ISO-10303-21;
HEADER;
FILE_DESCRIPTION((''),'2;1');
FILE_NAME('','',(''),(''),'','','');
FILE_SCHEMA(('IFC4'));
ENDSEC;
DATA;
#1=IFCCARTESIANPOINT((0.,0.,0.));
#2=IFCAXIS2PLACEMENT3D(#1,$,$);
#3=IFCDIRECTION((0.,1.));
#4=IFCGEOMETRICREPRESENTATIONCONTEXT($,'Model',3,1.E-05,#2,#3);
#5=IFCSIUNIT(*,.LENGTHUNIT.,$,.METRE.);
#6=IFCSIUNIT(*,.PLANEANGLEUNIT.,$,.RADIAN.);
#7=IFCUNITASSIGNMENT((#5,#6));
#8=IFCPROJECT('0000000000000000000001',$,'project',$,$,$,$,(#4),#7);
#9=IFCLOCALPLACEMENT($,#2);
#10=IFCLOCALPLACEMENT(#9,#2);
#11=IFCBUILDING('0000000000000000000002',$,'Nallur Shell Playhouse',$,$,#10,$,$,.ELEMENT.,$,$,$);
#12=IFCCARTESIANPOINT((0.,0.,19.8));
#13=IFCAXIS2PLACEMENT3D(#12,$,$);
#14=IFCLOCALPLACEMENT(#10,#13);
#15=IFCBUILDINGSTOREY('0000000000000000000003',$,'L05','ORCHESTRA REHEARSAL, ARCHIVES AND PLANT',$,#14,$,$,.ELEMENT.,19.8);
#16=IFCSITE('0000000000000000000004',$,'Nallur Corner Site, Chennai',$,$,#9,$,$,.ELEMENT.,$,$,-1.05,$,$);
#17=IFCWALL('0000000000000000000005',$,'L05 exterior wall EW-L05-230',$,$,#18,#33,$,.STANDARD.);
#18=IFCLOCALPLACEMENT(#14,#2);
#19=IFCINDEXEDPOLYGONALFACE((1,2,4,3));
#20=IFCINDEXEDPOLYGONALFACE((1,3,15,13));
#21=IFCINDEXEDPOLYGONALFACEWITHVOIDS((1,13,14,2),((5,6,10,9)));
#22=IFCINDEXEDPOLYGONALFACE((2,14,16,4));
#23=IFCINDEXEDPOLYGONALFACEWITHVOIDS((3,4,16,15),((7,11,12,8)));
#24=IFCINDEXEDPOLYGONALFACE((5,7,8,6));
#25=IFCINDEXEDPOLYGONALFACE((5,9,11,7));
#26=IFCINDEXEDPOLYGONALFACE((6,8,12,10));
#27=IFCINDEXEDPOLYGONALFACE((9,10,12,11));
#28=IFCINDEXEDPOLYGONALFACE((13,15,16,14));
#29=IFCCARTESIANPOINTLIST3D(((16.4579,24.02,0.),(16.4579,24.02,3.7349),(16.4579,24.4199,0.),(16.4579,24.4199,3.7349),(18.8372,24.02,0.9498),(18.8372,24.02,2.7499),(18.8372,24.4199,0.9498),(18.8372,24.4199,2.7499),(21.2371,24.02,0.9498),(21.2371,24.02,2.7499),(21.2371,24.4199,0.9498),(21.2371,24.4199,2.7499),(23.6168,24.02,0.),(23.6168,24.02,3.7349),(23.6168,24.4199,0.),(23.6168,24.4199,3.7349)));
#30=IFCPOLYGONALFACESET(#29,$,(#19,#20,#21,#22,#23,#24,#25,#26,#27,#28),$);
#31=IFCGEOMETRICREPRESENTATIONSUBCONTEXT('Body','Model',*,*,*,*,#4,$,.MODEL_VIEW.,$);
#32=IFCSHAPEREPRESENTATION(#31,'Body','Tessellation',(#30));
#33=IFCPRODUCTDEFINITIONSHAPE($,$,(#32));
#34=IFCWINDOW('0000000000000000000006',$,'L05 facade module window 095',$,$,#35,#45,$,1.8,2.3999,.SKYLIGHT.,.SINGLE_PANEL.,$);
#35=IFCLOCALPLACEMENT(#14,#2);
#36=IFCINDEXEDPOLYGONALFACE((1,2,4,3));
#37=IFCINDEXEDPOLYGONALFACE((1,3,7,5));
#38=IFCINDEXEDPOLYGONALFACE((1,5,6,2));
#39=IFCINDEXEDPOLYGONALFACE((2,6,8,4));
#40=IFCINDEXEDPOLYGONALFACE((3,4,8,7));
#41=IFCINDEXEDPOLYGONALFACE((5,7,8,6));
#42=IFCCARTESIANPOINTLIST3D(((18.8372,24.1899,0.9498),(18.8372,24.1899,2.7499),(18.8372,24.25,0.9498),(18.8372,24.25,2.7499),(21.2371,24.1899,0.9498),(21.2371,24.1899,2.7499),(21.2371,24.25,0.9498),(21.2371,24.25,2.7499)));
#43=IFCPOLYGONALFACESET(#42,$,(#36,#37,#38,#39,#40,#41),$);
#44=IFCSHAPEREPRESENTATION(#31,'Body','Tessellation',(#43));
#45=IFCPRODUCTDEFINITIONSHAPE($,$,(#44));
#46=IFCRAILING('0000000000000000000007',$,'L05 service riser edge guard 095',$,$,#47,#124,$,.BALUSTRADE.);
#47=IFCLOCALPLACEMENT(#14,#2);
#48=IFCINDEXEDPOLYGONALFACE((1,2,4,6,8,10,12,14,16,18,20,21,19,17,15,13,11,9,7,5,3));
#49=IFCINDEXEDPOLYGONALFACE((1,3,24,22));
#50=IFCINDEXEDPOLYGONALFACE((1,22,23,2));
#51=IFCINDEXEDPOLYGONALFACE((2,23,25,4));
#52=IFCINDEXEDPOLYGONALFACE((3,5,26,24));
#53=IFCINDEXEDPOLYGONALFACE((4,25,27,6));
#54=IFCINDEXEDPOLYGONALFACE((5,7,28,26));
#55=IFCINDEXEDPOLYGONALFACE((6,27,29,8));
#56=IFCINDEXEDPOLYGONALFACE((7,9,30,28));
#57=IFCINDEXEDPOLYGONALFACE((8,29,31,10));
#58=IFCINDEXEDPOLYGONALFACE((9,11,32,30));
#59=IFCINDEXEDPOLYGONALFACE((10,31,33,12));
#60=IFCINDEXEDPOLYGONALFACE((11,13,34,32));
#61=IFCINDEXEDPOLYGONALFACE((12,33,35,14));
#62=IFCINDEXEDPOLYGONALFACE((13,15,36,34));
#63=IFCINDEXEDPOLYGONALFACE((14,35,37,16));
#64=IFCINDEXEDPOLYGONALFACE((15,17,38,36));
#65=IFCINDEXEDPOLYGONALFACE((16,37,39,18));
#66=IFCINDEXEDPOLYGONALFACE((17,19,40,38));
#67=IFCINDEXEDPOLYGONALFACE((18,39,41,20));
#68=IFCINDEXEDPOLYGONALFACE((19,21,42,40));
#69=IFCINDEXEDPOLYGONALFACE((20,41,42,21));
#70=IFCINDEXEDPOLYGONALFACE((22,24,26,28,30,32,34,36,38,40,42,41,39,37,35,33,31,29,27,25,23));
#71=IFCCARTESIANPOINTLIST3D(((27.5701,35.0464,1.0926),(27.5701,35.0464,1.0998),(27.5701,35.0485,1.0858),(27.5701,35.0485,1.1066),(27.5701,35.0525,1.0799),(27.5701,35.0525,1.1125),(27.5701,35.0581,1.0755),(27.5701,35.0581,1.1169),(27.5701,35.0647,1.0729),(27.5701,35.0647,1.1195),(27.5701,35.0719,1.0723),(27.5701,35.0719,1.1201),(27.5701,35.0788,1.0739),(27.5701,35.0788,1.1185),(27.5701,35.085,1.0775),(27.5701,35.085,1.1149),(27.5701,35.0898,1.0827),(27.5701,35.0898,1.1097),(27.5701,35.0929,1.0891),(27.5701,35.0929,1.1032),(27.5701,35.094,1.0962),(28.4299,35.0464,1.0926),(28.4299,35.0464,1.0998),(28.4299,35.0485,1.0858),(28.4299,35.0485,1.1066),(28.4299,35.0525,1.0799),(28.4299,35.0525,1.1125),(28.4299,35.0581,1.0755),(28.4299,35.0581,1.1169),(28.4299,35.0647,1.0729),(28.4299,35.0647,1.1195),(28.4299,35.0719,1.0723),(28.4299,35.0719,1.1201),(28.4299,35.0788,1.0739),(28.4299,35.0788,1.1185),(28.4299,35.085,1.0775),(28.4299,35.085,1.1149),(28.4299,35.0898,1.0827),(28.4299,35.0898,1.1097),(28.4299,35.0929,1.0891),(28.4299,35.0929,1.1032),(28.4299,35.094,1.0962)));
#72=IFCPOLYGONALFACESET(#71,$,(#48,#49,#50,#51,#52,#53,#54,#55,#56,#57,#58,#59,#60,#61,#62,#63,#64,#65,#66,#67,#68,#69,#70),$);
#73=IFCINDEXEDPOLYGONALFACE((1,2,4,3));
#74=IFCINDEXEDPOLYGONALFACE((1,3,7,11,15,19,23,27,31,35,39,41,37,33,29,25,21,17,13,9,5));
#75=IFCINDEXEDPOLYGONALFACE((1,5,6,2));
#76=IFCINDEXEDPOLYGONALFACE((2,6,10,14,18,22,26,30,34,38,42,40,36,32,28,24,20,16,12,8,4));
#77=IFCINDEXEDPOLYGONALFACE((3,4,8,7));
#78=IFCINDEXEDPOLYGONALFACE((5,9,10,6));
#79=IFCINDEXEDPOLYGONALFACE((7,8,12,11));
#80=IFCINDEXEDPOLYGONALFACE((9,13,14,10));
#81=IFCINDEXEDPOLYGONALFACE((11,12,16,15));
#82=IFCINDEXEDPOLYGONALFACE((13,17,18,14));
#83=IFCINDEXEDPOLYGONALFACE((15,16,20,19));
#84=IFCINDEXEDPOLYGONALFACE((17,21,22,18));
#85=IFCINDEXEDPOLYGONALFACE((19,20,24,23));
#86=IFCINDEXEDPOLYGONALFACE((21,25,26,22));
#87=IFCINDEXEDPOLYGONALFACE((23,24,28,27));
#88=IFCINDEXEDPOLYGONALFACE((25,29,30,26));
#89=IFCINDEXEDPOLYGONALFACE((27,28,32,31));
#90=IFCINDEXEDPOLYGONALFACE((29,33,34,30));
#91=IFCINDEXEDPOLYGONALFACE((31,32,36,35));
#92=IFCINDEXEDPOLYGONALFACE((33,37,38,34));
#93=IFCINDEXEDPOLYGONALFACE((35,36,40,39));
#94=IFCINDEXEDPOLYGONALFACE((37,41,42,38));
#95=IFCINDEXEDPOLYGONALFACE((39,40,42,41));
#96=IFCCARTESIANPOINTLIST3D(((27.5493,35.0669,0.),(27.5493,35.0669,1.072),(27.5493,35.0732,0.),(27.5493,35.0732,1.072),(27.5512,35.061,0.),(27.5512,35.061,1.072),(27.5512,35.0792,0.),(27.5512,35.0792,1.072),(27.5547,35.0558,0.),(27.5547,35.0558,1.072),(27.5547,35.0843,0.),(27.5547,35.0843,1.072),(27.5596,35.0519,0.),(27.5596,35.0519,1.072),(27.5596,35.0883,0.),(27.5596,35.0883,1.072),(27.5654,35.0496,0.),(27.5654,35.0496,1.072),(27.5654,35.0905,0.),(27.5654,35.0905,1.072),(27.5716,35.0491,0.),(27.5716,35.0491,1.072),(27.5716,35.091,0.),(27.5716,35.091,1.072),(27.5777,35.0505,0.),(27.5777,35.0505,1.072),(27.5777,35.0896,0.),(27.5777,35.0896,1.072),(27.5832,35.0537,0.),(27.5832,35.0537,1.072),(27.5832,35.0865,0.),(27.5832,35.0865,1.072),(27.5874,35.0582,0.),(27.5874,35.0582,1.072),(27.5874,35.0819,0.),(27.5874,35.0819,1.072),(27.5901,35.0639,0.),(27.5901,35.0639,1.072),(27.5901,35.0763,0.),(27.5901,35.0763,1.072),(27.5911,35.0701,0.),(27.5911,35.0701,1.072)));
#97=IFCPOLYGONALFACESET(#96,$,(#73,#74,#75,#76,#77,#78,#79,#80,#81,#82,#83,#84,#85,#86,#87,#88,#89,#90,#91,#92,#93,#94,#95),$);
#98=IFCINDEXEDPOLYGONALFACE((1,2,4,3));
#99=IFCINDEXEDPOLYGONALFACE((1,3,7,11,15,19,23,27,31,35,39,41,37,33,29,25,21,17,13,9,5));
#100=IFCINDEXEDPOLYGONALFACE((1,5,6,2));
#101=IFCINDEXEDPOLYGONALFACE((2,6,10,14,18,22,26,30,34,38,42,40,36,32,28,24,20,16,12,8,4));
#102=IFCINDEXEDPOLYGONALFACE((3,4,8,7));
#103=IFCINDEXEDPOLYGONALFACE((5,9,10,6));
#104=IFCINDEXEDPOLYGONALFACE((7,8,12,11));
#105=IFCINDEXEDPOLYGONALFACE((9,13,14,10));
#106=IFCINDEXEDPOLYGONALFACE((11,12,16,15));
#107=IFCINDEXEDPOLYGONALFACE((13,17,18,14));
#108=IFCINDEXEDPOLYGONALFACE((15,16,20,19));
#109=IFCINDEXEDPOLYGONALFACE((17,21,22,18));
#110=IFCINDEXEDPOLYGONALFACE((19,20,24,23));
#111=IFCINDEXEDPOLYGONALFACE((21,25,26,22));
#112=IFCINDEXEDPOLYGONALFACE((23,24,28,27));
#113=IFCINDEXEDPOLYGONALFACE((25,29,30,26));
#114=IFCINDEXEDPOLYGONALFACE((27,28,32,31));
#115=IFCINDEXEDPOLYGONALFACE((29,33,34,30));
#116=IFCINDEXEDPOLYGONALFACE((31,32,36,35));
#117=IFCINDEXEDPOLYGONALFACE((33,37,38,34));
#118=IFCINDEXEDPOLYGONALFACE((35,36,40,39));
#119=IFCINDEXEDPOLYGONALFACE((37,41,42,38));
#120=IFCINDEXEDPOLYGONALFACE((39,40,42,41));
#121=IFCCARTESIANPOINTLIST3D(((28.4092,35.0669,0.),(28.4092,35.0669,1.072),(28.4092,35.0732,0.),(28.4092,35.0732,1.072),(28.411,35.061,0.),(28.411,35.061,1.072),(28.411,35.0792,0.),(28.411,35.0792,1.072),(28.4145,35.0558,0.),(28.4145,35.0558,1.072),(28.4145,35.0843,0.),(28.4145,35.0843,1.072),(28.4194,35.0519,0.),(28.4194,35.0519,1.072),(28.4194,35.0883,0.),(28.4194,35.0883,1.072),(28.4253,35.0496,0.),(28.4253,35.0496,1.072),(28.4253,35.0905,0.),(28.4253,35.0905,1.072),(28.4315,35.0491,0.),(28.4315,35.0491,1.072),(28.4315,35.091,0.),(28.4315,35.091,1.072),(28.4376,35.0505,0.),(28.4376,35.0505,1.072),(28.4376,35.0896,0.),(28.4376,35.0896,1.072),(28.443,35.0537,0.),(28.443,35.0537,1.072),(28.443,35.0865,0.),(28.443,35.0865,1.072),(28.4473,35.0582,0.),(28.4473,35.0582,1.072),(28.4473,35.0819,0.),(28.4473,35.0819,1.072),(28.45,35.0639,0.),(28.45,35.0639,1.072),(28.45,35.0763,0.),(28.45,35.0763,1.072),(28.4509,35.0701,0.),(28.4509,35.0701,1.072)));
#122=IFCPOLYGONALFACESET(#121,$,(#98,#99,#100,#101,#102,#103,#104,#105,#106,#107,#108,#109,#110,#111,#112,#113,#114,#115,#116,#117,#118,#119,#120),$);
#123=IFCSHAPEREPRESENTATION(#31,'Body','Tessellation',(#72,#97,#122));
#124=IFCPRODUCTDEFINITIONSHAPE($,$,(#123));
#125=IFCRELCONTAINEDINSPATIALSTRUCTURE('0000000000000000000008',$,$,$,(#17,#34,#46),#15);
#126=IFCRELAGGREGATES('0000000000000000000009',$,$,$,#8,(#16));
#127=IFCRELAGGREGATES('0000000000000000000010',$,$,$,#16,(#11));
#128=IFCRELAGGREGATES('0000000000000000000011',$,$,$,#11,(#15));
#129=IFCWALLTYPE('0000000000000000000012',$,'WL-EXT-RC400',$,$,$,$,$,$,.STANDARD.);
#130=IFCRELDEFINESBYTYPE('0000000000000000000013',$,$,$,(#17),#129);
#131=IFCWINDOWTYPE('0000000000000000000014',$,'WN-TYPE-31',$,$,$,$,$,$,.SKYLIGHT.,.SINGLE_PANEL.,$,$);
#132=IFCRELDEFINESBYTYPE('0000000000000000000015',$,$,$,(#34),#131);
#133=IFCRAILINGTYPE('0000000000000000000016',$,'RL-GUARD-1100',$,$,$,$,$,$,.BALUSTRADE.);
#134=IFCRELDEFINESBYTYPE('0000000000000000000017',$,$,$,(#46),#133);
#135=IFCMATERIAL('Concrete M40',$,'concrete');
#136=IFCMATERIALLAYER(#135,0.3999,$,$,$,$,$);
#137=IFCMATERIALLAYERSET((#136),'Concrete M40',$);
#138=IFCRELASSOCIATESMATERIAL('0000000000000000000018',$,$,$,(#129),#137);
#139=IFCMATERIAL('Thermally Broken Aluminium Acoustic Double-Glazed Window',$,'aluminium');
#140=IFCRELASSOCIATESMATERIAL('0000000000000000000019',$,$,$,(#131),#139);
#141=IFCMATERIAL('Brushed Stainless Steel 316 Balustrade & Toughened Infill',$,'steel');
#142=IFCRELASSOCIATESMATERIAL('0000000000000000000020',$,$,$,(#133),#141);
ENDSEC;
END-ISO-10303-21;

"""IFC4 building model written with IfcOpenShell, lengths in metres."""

from ifc_helpers import new_model, si_unit, direction, frame, frame_2d, origin, origin_2d, place, context, subcontext, project, spatial, rectangle, circle, extrude, material, layer, layer_set, type_object, element, fill, save


model = new_model("IFC4")

# Units and contexts
model_context = context("Model", 3, precision=1e-05, world=origin(), true_north=direction((0.0, 1.0)))
body_context = subcontext(model_context, "Body", "Model", "MODEL_VIEW")
ifc_project = project(units=[si_unit("LENGTHUNIT", "METRE"), si_unit("PLANEANGLEUNIT", "RADIAN")], contexts=[model_context])

# Site, building, storey
site_placement = place(None, origin())
site = spatial("IfcSite", under=ifc_project, at=site_placement, Name="Nallur Corner Site, Chennai", CompositionType="ELEMENT", RefElevation=-1.05)
building_placement = place(site_placement, origin())
building = spatial("IfcBuilding", under=site, at=building_placement, Name="Nallur Shell Playhouse", CompositionType="ELEMENT")
storey_placement = place(building_placement, frame((0.0, 0.0, 19.8)))
storey = spatial("IfcBuildingStorey", under=building, at=storey_placement, Name="L05", Description="ORCHESTRA REHEARSAL, ARCHIVES AND PLANT", CompositionType="ELEMENT", Elevation=19.8)

# Shared definitions
ifc_material_1 = material(Name="Concrete M40", Category="concrete")

# Wall, opening, window
ifc_material_2 = material(Name="Thermally Broken Aluminium Acoustic Double-Glazed Window", Category="aluminium")
ifc_layer_1 = layer(ifc_material_1, 0.3999)
ifc_layer_set_1 = layer_set([ifc_layer_1], Name="Concrete M40")
wall_type_1 = type_object("IfcWallType", Name="WL-EXT-RC400", PredefinedType="STANDARD", material=ifc_layer_set_1)
wall_1_placement = place(storey_placement, frame((23.6169, 24.22, 0.0), z_axis=(0.0, 0.0, 1.0), x_axis=(-1.0, 0.0, 0.0)))
wall_1 = element("IfcWall", 1, at=wall_1_placement, inside=storey, type_object=wall_type_1, Name="L05 exterior wall EW-L05-230", PredefinedType="STANDARD", context=body_context, shape_type="SweptSolid", body=[
    extrude(rectangle(XDim=7.1589, YDim=0.3999, at=frame_2d((3.5796, 0.0))), origin(), (0.0, 0.0, 1.0), 3.7349),
])
opening_1_placement = place(wall_1_placement, frame((2.3799, 0.0, 0.95)))
opening_1 = element("IfcOpeningElement", 2, at=opening_1_placement, cuts=wall_1, PredefinedType="OPENING", context=body_context, shape_type="SweptSolid", body=[
    extrude(rectangle(XDim=2.3999, YDim=1.8, at=frame_2d((1.2, 0.8999))), frame((0.0, 0.21, 0.0), z_axis=(0.0, -1.0, 0.0), x_axis=(1.0, 0.0, 0.0)), (0.0, 0.0, 1.0), 0.4199),
])
window_type_1 = type_object("IfcWindowType", Name="WN-TYPE-31", PartitioningType="SINGLE_PANEL", PredefinedType="SKYLIGHT", material=ifc_material_2)
window_1_placement = place(opening_1_placement, origin())
window_1 = element("IfcWindow", 3, at=window_1_placement, inside=storey, type_object=window_type_1, Name="L05 facade module window 095", OverallHeight=1.8, OverallWidth=2.3999, PartitioningType="SINGLE_PANEL", PredefinedType="SKYLIGHT", context=body_context, shape_type="SweptSolid", body=[
    extrude(rectangle(XDim=2.3999, YDim=1.8, at=frame_2d((1.2, 0.8999))), frame((0.0, 0.03, 0.0), z_axis=(0.0, -1.0, 0.0), x_axis=(1.0, 0.0, 0.0)), (0.0, 0.0, 1.0), 0.0601),
])
fill(opening_1, window_1)

# Railing
ifc_material_3 = material(Name="Brushed Stainless Steel 316 Balustrade & Toughened Infill", Category="steel")
railing_type = type_object("IfcRailingType", Name="RL-GUARD-1100", PredefinedType="BALUSTRADE", material=ifc_material_3)
railing_placement = place(storey_placement, frame((27.5701, 35.0701, 0.0)))
element("IfcRailing", 4, at=railing_placement, inside=storey, type_object=railing_type, Name="L05 service riser edge guard 095", PredefinedType="BALUSTRADE", context=body_context, shape_type="SweptSolid", body=[
    extrude(circle(Radius=0.0239, at=origin_2d()), frame((0.0, 0.0, 1.0962), z_axis=(1.0, 0.0, 0.0), x_axis=(0.0, 1.0, 0.0)), (0.0, 0.0, 1.0), 0.8599),
    extrude(circle(Radius=0.021, at=origin_2d()), origin(), (0.0, 0.0, 1.0), 1.072),
    extrude(circle(Radius=0.021, at=origin_2d()), frame((0.8599, 0.0, 0.0)), (0.0, 0.0, 1.0), 1.072),
])

save(model, "model.ifc")
